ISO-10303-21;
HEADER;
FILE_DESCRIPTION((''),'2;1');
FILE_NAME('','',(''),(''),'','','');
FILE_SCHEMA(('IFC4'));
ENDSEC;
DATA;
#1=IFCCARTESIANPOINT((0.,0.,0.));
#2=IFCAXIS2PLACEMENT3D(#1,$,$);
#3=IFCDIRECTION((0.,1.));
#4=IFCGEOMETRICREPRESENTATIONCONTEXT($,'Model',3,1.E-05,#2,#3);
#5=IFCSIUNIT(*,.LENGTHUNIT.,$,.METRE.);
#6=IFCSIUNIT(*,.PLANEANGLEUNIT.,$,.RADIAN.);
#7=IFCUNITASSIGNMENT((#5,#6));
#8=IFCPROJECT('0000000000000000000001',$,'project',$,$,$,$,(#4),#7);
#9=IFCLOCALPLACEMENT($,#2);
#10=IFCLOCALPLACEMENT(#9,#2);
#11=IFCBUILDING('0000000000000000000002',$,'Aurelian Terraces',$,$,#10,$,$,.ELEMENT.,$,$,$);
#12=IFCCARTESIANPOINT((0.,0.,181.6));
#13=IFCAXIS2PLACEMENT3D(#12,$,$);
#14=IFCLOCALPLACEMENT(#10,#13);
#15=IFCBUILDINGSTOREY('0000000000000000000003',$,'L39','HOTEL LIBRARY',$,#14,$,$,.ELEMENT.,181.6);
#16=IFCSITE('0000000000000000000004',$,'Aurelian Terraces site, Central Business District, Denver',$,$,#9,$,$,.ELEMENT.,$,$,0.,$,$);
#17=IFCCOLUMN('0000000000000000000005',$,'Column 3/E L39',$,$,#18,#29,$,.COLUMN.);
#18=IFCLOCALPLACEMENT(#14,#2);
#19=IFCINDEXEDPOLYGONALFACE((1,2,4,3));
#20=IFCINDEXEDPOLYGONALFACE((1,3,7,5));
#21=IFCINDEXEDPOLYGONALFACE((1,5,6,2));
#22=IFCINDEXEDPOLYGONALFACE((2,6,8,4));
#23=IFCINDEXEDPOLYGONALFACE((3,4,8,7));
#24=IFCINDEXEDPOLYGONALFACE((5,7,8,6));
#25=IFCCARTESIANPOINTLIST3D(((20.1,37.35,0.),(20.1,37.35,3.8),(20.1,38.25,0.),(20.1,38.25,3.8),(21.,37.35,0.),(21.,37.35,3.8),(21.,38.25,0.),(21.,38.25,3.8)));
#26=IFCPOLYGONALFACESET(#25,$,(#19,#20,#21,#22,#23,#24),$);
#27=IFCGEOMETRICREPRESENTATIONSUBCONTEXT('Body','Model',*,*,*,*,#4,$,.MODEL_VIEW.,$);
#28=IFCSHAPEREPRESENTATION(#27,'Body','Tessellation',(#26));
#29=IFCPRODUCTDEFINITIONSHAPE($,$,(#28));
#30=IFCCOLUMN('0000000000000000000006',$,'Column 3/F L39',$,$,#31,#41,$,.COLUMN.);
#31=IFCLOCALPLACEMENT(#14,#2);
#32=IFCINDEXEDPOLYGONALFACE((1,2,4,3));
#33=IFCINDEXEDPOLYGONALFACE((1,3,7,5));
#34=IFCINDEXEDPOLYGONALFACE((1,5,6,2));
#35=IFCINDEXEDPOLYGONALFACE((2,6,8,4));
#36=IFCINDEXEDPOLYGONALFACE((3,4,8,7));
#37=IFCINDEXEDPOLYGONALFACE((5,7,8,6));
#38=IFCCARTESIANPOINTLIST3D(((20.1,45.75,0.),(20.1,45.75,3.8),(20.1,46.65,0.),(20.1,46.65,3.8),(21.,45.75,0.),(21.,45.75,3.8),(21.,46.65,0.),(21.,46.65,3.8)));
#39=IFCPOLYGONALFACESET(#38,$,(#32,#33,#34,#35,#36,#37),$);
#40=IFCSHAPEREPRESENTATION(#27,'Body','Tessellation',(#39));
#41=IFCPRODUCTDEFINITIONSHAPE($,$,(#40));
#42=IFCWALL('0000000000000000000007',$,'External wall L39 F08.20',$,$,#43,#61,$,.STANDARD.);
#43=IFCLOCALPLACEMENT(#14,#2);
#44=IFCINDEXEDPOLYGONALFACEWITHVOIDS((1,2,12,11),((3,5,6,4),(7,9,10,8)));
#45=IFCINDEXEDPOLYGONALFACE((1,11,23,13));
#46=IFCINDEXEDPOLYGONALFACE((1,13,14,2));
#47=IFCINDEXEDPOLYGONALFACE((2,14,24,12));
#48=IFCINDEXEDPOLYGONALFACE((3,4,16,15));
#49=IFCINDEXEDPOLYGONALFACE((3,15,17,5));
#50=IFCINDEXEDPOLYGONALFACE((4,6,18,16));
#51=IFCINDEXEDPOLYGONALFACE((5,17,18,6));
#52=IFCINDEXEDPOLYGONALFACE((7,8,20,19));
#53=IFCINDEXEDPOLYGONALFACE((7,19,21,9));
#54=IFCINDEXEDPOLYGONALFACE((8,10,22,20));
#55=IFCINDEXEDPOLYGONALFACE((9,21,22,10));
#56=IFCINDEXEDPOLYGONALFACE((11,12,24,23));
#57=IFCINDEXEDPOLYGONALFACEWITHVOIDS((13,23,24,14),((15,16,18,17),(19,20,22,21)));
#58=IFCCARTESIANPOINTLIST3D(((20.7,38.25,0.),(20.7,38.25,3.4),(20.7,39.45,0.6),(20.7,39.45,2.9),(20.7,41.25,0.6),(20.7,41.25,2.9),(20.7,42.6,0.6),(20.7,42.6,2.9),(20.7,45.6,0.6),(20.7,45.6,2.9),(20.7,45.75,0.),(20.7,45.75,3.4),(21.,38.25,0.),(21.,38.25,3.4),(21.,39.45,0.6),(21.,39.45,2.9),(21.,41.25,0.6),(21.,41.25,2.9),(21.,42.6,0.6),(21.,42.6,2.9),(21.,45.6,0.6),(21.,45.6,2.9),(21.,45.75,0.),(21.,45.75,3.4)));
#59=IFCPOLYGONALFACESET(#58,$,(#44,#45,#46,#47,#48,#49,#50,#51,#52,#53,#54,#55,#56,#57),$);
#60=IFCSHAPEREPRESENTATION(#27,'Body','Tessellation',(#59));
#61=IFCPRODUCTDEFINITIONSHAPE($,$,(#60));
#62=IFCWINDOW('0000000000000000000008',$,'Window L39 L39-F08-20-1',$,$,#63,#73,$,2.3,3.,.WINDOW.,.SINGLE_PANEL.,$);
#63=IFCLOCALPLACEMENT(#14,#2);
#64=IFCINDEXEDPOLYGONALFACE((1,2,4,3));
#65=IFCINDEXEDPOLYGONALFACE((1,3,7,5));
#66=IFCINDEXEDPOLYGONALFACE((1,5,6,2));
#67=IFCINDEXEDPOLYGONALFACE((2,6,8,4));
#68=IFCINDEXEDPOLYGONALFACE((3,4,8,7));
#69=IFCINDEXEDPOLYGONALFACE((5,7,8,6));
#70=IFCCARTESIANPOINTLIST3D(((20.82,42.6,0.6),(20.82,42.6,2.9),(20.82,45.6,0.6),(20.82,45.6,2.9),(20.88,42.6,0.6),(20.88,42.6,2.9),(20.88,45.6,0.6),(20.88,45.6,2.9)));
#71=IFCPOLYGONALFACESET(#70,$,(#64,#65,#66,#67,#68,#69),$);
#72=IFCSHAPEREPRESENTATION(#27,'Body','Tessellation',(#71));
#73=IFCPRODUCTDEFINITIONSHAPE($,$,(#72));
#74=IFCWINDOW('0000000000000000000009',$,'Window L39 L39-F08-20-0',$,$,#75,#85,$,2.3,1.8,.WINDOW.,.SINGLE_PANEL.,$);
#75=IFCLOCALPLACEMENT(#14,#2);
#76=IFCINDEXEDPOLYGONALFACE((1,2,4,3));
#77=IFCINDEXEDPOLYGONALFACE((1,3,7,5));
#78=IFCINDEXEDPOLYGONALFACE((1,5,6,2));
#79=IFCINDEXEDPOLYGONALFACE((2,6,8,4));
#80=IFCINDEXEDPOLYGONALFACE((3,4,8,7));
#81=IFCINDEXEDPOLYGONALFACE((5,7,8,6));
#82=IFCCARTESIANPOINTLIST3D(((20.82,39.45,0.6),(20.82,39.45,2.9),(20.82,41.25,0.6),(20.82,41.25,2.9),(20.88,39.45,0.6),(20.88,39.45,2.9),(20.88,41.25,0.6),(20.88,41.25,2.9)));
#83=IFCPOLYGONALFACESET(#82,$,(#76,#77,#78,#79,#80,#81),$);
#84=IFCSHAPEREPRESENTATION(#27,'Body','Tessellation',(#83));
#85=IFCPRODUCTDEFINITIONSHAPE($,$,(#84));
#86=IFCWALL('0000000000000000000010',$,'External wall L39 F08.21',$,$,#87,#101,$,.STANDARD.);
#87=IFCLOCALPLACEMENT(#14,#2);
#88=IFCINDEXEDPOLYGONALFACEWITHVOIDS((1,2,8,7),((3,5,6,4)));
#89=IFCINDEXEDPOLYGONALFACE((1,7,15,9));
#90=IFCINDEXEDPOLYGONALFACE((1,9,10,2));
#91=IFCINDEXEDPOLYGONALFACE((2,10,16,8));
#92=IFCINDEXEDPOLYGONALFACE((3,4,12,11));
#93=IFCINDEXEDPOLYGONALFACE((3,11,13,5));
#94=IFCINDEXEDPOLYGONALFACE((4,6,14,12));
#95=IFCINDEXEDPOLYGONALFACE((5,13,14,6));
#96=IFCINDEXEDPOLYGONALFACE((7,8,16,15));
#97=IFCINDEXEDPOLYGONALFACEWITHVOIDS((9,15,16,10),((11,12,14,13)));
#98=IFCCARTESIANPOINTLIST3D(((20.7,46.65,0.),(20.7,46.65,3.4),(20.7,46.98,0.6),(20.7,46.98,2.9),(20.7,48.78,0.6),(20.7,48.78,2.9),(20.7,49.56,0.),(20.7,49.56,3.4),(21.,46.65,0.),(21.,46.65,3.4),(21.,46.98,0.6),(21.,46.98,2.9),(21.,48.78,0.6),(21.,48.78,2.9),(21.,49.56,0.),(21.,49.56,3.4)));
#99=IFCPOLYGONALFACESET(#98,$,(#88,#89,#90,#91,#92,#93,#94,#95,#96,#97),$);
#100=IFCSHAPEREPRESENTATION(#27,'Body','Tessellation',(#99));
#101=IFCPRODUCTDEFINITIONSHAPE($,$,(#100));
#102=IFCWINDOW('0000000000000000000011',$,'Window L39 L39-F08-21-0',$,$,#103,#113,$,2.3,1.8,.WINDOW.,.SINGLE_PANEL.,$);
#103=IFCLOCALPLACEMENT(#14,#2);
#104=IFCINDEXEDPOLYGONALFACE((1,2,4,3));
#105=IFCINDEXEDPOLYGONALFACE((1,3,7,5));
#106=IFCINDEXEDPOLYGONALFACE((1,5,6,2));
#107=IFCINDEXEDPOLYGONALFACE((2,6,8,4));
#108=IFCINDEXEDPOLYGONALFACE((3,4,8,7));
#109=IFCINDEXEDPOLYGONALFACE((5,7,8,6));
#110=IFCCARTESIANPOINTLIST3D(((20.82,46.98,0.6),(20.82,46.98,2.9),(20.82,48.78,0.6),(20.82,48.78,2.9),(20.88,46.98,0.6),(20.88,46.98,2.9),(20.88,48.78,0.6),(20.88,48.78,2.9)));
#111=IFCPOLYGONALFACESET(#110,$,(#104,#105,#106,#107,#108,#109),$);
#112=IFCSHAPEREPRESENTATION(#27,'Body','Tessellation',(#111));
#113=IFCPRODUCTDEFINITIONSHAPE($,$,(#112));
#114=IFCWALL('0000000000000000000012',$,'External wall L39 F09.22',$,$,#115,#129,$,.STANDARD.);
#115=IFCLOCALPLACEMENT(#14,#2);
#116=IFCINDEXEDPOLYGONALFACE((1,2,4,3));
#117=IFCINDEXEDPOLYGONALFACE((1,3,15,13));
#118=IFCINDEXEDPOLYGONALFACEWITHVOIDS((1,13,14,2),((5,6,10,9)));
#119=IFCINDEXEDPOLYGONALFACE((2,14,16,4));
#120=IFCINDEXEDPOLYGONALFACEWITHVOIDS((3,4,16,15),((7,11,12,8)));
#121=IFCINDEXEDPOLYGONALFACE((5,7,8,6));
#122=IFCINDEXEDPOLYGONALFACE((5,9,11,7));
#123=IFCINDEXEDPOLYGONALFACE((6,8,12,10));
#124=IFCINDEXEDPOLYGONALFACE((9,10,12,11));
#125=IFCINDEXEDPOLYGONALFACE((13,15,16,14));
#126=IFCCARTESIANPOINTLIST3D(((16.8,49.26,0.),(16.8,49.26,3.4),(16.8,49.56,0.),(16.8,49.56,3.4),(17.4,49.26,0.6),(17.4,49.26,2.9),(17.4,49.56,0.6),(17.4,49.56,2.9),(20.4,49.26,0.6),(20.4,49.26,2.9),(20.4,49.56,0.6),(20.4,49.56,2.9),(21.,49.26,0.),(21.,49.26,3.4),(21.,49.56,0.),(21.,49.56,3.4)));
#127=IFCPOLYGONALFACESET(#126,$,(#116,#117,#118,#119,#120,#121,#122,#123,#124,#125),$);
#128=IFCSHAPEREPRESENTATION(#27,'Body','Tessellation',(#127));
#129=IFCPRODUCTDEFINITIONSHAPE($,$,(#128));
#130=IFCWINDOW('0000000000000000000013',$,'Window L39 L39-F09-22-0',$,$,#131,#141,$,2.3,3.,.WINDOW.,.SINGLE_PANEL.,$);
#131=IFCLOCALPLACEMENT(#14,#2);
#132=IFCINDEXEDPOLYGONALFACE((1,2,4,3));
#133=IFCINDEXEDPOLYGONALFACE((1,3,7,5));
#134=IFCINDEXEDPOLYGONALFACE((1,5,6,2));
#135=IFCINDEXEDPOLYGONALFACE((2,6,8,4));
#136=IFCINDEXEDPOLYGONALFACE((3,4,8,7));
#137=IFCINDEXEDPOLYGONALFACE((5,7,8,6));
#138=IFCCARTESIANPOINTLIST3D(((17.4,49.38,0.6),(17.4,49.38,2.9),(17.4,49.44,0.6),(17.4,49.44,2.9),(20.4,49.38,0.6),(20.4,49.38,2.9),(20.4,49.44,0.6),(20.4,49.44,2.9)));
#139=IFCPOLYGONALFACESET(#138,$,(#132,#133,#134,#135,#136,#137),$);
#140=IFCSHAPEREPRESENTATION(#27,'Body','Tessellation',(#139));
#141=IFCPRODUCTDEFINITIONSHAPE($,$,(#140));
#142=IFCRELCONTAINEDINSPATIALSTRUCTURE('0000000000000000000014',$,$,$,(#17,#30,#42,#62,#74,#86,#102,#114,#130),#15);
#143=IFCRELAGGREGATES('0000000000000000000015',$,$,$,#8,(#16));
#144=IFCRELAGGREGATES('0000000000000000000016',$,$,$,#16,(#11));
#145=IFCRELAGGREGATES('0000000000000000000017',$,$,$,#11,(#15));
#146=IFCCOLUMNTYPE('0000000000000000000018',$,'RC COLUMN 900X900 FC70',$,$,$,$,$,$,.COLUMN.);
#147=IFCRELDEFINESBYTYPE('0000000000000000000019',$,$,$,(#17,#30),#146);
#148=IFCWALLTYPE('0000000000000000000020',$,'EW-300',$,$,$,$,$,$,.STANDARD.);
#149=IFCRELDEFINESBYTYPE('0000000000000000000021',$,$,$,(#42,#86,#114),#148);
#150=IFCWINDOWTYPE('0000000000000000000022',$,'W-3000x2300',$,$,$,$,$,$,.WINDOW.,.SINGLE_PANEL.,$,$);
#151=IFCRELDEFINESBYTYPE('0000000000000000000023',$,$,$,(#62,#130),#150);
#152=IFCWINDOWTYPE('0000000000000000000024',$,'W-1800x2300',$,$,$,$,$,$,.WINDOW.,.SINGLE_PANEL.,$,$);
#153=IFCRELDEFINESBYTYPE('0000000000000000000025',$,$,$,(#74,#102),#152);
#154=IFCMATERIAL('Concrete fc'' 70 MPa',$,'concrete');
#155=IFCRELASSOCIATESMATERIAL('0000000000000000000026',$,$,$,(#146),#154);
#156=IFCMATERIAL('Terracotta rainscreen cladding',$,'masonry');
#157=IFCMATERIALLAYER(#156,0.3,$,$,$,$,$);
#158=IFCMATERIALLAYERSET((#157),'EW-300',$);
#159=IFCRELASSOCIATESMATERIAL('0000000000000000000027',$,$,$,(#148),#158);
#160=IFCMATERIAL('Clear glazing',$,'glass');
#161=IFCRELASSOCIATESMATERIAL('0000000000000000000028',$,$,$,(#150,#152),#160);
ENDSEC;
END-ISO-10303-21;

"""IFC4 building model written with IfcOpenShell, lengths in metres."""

from ifc_helpers import new_model, si_unit, direction, frame, frame_2d, origin, origin_2d, place, context, subcontext, project, spatial, rectangle, extrude, source, transform, mapped, material, layer, layer_set, material_profile, profile_set, type_object, element, fill, save


model = new_model("IFC4")

# Units and contexts
model_context = context("Model", 3, precision=1e-05, world=origin(), true_north=direction((0.0, 1.0)))
body_context = subcontext(model_context, "Body", "Model", "MODEL_VIEW")
ifc_project = project(units=[si_unit("LENGTHUNIT", "METRE"), si_unit("PLANEANGLEUNIT", "RADIAN")], contexts=[model_context])

# Site, building, storey
site_placement = place(None, origin())
site = spatial("IfcSite", under=ifc_project, at=site_placement, Name="Aurelian Terraces site, Central Business District, Denver", CompositionType="ELEMENT", RefElevation=0.0)
building_placement = place(site_placement, origin())
building = spatial("IfcBuilding", under=site, at=building_placement, Name="Aurelian Terraces", CompositionType="ELEMENT")
storey_placement = place(building_placement, frame((0.0, 0.0, 181.6)))
storey = spatial("IfcBuildingStorey", under=building, at=storey_placement, Name="L39", Description="HOTEL LIBRARY", CompositionType="ELEMENT", Elevation=181.6)

# Columns
ifc_material_1 = material(Name="Concrete fc' 70 MPa", Category="concrete")
ifc_material_profile = material_profile(ifc_material_1, rectangle(XDim=0.9, YDim=0.9, at=origin_2d()))
ifc_profile_set = profile_set([ifc_material_profile], Name="Concrete fc' 70 MPa")
column_type = type_object("IfcColumnType", Name="RC COLUMN 900X900 FC70", PredefinedType="COLUMN", material=ifc_profile_set)
shared_shape_1 = source(origin(), body_context, "Body", "SweptSolid", [
    extrude(rectangle(XDim=0.9, YDim=0.9, at=origin_2d()), origin(), (0.0, 0.0, 1.0), 3.8),
])
for number, where, z_axis, x_axis, name in (
    (1, (20.55, 37.8, 0.0), (0.0, 0.0, 1.0), (1.0, 0.0, 0.0), "Column 3/E L39"),
    (2, (20.55, 46.2, 0.0), (0.0, 0.0, 1.0), (1.0, 0.0, 0.0), "Column 3/F L39"),
):
    element("IfcColumn", number, at=place(storey_placement, frame(where, z_axis=z_axis, x_axis=x_axis)), inside=storey, type_object=column_type, Name=name, PredefinedType="COLUMN", context=body_context, shape_type="MappedRepresentation", body=[
        mapped(shared_shape_1, transform((0.0, 0.0, 0.0), scale=1.0)),
    ])

# Wall, openings, windows
ifc_material_2 = material(Name="Terracotta rainscreen cladding", Category="masonry")
ifc_layer_1 = layer(ifc_material_2, 0.3)
ifc_layer_set_1 = layer_set([ifc_layer_1], Name="EW-300")
wall_type_1 = type_object("IfcWallType", Name="EW-300", PredefinedType="STANDARD", material=ifc_layer_set_1)
shared_shape_2 = source(origin(), body_context, "Body", "SweptSolid", [
    extrude(rectangle(XDim=7.5, YDim=0.3, at=frame_2d((3.75, 0.0))), origin(), (0.0, 0.0, 1.0), 3.4),
])
wall_1_placement = place(storey_placement, frame((20.85, 38.25, 0.0), z_axis=(0.0, 0.0, 1.0), x_axis=(0.0, 1.0, 0.0)))
wall_1 = element("IfcWall", 3, at=wall_1_placement, inside=storey, type_object=wall_type_1, Name="External wall L39 F08.20", PredefinedType="STANDARD", context=body_context, shape_type="MappedRepresentation", body=[
    mapped(shared_shape_2, transform((0.0, 0.0, 0.0), scale=1.0)),
])
shared_shape_3 = source(origin(), body_context, "Body", "SweptSolid", [
    extrude(rectangle(XDim=1.8, YDim=2.3, at=frame_2d((0.9, 1.15))), frame((0.0, 0.16, 0.0), z_axis=(0.0, -1.0, 0.0), x_axis=(1.0, 0.0, 0.0)), (0.0, 0.0, 1.0), 0.32),
])
opening_1_placement = place(wall_1_placement, frame((1.2, 0.0, 0.6)))
opening_1 = element("IfcOpeningElement", 4, at=opening_1_placement, cuts=wall_1, PredefinedType="OPENING", context=body_context, shape_type="MappedRepresentation", body=[
    mapped(shared_shape_3, transform((0.0, 0.0, 0.0), scale=1.0)),
])
shared_shape_4 = source(origin(), body_context, "Body", "SweptSolid", [
    extrude(rectangle(XDim=3.0, YDim=2.3, at=frame_2d((1.5, 1.15))), frame((0.0, 0.16, 0.0), z_axis=(0.0, -1.0, 0.0), x_axis=(1.0, 0.0, 0.0)), (0.0, 0.0, 1.0), 0.32),
])
opening_2_placement = place(wall_1_placement, frame((4.35, 0.0, 0.6)))
opening_2 = element("IfcOpeningElement", 5, at=opening_2_placement, cuts=wall_1, PredefinedType="OPENING", context=body_context, shape_type="MappedRepresentation", body=[
    mapped(shared_shape_4, transform((0.0, 0.0, 0.0), scale=1.0)),
])
ifc_material_3 = material(Name="Clear glazing", Category="glass")
window_type_1 = type_object("IfcWindowType", Name="W-3000x2300", PartitioningType="SINGLE_PANEL", PredefinedType="WINDOW", material=ifc_material_3)
shared_shape_5 = source(origin(), body_context, "Body", "SweptSolid", [
    extrude(rectangle(XDim=3.0, YDim=2.3, at=frame_2d((1.5, 1.15))), frame((0.0, 0.03, 0.0), z_axis=(0.0, -1.0, 0.0), x_axis=(1.0, 0.0, 0.0)), (0.0, 0.0, 1.0), 0.06),
])
window_1_placement = place(opening_2_placement, origin())
window_1 = element("IfcWindow", 6, at=window_1_placement, inside=storey, type_object=window_type_1, Name="Window L39 L39-F08-20-1", OverallHeight=2.3, OverallWidth=3.0, PartitioningType="SINGLE_PANEL", PredefinedType="WINDOW", context=body_context, shape_type="MappedRepresentation", body=[
    mapped(shared_shape_5, transform((0.0, 0.0, 0.0), scale=1.0)),
])
fill(opening_2, window_1)
window_type_2 = type_object("IfcWindowType", Name="W-1800x2300", PartitioningType="SINGLE_PANEL", PredefinedType="WINDOW", material=ifc_material_3)
shared_shape_6 = source(origin(), body_context, "Body", "SweptSolid", [
    extrude(rectangle(XDim=1.8, YDim=2.3, at=frame_2d((0.9, 1.15))), frame((0.0, 0.03, 0.0), z_axis=(0.0, -1.0, 0.0), x_axis=(1.0, 0.0, 0.0)), (0.0, 0.0, 1.0), 0.06),
])
window_2_placement = place(opening_1_placement, origin())
window_2 = element("IfcWindow", 7, at=window_2_placement, inside=storey, type_object=window_type_2, Name="Window L39 L39-F08-20-0", OverallHeight=2.3, OverallWidth=1.8, PartitioningType="SINGLE_PANEL", PredefinedType="WINDOW", context=body_context, shape_type="MappedRepresentation", body=[
    mapped(shared_shape_6, transform((0.0, 0.0, 0.0), scale=1.0)),
])
fill(opening_1, window_2)

# Walls, openings, windows
shared_shape_7 = source(origin(), body_context, "Body", "SweptSolid", [
    extrude(rectangle(XDim=2.91, YDim=0.3, at=frame_2d((1.455, 0.0))), origin(), (0.0, 0.0, 1.0), 3.4),
])
wall_2_placement = place(storey_placement, frame((20.85, 46.65, 0.0), z_axis=(0.0, 0.0, 1.0), x_axis=(0.0, 1.0, 0.0)))
wall_2 = element("IfcWall", 8, at=wall_2_placement, inside=storey, type_object=wall_type_1, Name="External wall L39 F08.21", PredefinedType="STANDARD", context=body_context, shape_type="MappedRepresentation", body=[
    mapped(shared_shape_7, transform((0.0, 0.0, 0.0), scale=1.0)),
])
opening_3_placement = place(wall_2_placement, frame((0.33, 0.0, 0.6)))
opening_3 = element("IfcOpeningElement", 9, at=opening_3_placement, cuts=wall_2, PredefinedType="OPENING", context=body_context, shape_type="MappedRepresentation", body=[
    mapped(shared_shape_3, transform((0.0, 0.0, 0.0), scale=1.0)),
])
window_3_placement = place(opening_3_placement, origin())
window_3 = element("IfcWindow", 10, at=window_3_placement, inside=storey, type_object=window_type_2, Name="Window L39 L39-F08-21-0", OverallHeight=2.3, OverallWidth=1.8, PartitioningType="SINGLE_PANEL", PredefinedType="WINDOW", context=body_context, shape_type="MappedRepresentation", body=[
    mapped(shared_shape_6, transform((0.0, 0.0, 0.0), scale=1.0)),
])
fill(opening_3, window_3)
shared_shape_8 = source(origin(), body_context, "Body", "SweptSolid", [
    extrude(rectangle(XDim=4.2, YDim=0.3, at=frame_2d((2.1, 0.0))), origin(), (0.0, 0.0, 1.0), 3.4),
])
wall_3_placement = place(storey_placement, frame((21.0, 49.41, 0.0), z_axis=(0.0, 0.0, 1.0), x_axis=(-1.0, 0.0, 0.0)))
wall_3 = element("IfcWall", 11, at=wall_3_placement, inside=storey, type_object=wall_type_1, Name="External wall L39 F09.22", PredefinedType="STANDARD", context=body_context, shape_type="MappedRepresentation", body=[
    mapped(shared_shape_8, transform((0.0, 0.0, 0.0), scale=1.0)),
])
opening_4_placement = place(wall_3_placement, frame((0.6, 0.0, 0.6)))
opening_4 = element("IfcOpeningElement", 12, at=opening_4_placement, cuts=wall_3, PredefinedType="OPENING", context=body_context, shape_type="MappedRepresentation", body=[
    mapped(shared_shape_4, transform((0.0, 0.0, 0.0), scale=1.0)),
])
window_4_placement = place(opening_4_placement, origin())
window_4 = element("IfcWindow", 13, at=window_4_placement, inside=storey, type_object=window_type_1, Name="Window L39 L39-F09-22-0", OverallHeight=2.3, OverallWidth=3.0, PartitioningType="SINGLE_PANEL", PredefinedType="WINDOW", context=body_context, shape_type="MappedRepresentation", body=[
    mapped(shared_shape_5, transform((0.0, 0.0, 0.0), scale=1.0)),
])
fill(opening_4, window_4)

save(model, "model.ifc")
